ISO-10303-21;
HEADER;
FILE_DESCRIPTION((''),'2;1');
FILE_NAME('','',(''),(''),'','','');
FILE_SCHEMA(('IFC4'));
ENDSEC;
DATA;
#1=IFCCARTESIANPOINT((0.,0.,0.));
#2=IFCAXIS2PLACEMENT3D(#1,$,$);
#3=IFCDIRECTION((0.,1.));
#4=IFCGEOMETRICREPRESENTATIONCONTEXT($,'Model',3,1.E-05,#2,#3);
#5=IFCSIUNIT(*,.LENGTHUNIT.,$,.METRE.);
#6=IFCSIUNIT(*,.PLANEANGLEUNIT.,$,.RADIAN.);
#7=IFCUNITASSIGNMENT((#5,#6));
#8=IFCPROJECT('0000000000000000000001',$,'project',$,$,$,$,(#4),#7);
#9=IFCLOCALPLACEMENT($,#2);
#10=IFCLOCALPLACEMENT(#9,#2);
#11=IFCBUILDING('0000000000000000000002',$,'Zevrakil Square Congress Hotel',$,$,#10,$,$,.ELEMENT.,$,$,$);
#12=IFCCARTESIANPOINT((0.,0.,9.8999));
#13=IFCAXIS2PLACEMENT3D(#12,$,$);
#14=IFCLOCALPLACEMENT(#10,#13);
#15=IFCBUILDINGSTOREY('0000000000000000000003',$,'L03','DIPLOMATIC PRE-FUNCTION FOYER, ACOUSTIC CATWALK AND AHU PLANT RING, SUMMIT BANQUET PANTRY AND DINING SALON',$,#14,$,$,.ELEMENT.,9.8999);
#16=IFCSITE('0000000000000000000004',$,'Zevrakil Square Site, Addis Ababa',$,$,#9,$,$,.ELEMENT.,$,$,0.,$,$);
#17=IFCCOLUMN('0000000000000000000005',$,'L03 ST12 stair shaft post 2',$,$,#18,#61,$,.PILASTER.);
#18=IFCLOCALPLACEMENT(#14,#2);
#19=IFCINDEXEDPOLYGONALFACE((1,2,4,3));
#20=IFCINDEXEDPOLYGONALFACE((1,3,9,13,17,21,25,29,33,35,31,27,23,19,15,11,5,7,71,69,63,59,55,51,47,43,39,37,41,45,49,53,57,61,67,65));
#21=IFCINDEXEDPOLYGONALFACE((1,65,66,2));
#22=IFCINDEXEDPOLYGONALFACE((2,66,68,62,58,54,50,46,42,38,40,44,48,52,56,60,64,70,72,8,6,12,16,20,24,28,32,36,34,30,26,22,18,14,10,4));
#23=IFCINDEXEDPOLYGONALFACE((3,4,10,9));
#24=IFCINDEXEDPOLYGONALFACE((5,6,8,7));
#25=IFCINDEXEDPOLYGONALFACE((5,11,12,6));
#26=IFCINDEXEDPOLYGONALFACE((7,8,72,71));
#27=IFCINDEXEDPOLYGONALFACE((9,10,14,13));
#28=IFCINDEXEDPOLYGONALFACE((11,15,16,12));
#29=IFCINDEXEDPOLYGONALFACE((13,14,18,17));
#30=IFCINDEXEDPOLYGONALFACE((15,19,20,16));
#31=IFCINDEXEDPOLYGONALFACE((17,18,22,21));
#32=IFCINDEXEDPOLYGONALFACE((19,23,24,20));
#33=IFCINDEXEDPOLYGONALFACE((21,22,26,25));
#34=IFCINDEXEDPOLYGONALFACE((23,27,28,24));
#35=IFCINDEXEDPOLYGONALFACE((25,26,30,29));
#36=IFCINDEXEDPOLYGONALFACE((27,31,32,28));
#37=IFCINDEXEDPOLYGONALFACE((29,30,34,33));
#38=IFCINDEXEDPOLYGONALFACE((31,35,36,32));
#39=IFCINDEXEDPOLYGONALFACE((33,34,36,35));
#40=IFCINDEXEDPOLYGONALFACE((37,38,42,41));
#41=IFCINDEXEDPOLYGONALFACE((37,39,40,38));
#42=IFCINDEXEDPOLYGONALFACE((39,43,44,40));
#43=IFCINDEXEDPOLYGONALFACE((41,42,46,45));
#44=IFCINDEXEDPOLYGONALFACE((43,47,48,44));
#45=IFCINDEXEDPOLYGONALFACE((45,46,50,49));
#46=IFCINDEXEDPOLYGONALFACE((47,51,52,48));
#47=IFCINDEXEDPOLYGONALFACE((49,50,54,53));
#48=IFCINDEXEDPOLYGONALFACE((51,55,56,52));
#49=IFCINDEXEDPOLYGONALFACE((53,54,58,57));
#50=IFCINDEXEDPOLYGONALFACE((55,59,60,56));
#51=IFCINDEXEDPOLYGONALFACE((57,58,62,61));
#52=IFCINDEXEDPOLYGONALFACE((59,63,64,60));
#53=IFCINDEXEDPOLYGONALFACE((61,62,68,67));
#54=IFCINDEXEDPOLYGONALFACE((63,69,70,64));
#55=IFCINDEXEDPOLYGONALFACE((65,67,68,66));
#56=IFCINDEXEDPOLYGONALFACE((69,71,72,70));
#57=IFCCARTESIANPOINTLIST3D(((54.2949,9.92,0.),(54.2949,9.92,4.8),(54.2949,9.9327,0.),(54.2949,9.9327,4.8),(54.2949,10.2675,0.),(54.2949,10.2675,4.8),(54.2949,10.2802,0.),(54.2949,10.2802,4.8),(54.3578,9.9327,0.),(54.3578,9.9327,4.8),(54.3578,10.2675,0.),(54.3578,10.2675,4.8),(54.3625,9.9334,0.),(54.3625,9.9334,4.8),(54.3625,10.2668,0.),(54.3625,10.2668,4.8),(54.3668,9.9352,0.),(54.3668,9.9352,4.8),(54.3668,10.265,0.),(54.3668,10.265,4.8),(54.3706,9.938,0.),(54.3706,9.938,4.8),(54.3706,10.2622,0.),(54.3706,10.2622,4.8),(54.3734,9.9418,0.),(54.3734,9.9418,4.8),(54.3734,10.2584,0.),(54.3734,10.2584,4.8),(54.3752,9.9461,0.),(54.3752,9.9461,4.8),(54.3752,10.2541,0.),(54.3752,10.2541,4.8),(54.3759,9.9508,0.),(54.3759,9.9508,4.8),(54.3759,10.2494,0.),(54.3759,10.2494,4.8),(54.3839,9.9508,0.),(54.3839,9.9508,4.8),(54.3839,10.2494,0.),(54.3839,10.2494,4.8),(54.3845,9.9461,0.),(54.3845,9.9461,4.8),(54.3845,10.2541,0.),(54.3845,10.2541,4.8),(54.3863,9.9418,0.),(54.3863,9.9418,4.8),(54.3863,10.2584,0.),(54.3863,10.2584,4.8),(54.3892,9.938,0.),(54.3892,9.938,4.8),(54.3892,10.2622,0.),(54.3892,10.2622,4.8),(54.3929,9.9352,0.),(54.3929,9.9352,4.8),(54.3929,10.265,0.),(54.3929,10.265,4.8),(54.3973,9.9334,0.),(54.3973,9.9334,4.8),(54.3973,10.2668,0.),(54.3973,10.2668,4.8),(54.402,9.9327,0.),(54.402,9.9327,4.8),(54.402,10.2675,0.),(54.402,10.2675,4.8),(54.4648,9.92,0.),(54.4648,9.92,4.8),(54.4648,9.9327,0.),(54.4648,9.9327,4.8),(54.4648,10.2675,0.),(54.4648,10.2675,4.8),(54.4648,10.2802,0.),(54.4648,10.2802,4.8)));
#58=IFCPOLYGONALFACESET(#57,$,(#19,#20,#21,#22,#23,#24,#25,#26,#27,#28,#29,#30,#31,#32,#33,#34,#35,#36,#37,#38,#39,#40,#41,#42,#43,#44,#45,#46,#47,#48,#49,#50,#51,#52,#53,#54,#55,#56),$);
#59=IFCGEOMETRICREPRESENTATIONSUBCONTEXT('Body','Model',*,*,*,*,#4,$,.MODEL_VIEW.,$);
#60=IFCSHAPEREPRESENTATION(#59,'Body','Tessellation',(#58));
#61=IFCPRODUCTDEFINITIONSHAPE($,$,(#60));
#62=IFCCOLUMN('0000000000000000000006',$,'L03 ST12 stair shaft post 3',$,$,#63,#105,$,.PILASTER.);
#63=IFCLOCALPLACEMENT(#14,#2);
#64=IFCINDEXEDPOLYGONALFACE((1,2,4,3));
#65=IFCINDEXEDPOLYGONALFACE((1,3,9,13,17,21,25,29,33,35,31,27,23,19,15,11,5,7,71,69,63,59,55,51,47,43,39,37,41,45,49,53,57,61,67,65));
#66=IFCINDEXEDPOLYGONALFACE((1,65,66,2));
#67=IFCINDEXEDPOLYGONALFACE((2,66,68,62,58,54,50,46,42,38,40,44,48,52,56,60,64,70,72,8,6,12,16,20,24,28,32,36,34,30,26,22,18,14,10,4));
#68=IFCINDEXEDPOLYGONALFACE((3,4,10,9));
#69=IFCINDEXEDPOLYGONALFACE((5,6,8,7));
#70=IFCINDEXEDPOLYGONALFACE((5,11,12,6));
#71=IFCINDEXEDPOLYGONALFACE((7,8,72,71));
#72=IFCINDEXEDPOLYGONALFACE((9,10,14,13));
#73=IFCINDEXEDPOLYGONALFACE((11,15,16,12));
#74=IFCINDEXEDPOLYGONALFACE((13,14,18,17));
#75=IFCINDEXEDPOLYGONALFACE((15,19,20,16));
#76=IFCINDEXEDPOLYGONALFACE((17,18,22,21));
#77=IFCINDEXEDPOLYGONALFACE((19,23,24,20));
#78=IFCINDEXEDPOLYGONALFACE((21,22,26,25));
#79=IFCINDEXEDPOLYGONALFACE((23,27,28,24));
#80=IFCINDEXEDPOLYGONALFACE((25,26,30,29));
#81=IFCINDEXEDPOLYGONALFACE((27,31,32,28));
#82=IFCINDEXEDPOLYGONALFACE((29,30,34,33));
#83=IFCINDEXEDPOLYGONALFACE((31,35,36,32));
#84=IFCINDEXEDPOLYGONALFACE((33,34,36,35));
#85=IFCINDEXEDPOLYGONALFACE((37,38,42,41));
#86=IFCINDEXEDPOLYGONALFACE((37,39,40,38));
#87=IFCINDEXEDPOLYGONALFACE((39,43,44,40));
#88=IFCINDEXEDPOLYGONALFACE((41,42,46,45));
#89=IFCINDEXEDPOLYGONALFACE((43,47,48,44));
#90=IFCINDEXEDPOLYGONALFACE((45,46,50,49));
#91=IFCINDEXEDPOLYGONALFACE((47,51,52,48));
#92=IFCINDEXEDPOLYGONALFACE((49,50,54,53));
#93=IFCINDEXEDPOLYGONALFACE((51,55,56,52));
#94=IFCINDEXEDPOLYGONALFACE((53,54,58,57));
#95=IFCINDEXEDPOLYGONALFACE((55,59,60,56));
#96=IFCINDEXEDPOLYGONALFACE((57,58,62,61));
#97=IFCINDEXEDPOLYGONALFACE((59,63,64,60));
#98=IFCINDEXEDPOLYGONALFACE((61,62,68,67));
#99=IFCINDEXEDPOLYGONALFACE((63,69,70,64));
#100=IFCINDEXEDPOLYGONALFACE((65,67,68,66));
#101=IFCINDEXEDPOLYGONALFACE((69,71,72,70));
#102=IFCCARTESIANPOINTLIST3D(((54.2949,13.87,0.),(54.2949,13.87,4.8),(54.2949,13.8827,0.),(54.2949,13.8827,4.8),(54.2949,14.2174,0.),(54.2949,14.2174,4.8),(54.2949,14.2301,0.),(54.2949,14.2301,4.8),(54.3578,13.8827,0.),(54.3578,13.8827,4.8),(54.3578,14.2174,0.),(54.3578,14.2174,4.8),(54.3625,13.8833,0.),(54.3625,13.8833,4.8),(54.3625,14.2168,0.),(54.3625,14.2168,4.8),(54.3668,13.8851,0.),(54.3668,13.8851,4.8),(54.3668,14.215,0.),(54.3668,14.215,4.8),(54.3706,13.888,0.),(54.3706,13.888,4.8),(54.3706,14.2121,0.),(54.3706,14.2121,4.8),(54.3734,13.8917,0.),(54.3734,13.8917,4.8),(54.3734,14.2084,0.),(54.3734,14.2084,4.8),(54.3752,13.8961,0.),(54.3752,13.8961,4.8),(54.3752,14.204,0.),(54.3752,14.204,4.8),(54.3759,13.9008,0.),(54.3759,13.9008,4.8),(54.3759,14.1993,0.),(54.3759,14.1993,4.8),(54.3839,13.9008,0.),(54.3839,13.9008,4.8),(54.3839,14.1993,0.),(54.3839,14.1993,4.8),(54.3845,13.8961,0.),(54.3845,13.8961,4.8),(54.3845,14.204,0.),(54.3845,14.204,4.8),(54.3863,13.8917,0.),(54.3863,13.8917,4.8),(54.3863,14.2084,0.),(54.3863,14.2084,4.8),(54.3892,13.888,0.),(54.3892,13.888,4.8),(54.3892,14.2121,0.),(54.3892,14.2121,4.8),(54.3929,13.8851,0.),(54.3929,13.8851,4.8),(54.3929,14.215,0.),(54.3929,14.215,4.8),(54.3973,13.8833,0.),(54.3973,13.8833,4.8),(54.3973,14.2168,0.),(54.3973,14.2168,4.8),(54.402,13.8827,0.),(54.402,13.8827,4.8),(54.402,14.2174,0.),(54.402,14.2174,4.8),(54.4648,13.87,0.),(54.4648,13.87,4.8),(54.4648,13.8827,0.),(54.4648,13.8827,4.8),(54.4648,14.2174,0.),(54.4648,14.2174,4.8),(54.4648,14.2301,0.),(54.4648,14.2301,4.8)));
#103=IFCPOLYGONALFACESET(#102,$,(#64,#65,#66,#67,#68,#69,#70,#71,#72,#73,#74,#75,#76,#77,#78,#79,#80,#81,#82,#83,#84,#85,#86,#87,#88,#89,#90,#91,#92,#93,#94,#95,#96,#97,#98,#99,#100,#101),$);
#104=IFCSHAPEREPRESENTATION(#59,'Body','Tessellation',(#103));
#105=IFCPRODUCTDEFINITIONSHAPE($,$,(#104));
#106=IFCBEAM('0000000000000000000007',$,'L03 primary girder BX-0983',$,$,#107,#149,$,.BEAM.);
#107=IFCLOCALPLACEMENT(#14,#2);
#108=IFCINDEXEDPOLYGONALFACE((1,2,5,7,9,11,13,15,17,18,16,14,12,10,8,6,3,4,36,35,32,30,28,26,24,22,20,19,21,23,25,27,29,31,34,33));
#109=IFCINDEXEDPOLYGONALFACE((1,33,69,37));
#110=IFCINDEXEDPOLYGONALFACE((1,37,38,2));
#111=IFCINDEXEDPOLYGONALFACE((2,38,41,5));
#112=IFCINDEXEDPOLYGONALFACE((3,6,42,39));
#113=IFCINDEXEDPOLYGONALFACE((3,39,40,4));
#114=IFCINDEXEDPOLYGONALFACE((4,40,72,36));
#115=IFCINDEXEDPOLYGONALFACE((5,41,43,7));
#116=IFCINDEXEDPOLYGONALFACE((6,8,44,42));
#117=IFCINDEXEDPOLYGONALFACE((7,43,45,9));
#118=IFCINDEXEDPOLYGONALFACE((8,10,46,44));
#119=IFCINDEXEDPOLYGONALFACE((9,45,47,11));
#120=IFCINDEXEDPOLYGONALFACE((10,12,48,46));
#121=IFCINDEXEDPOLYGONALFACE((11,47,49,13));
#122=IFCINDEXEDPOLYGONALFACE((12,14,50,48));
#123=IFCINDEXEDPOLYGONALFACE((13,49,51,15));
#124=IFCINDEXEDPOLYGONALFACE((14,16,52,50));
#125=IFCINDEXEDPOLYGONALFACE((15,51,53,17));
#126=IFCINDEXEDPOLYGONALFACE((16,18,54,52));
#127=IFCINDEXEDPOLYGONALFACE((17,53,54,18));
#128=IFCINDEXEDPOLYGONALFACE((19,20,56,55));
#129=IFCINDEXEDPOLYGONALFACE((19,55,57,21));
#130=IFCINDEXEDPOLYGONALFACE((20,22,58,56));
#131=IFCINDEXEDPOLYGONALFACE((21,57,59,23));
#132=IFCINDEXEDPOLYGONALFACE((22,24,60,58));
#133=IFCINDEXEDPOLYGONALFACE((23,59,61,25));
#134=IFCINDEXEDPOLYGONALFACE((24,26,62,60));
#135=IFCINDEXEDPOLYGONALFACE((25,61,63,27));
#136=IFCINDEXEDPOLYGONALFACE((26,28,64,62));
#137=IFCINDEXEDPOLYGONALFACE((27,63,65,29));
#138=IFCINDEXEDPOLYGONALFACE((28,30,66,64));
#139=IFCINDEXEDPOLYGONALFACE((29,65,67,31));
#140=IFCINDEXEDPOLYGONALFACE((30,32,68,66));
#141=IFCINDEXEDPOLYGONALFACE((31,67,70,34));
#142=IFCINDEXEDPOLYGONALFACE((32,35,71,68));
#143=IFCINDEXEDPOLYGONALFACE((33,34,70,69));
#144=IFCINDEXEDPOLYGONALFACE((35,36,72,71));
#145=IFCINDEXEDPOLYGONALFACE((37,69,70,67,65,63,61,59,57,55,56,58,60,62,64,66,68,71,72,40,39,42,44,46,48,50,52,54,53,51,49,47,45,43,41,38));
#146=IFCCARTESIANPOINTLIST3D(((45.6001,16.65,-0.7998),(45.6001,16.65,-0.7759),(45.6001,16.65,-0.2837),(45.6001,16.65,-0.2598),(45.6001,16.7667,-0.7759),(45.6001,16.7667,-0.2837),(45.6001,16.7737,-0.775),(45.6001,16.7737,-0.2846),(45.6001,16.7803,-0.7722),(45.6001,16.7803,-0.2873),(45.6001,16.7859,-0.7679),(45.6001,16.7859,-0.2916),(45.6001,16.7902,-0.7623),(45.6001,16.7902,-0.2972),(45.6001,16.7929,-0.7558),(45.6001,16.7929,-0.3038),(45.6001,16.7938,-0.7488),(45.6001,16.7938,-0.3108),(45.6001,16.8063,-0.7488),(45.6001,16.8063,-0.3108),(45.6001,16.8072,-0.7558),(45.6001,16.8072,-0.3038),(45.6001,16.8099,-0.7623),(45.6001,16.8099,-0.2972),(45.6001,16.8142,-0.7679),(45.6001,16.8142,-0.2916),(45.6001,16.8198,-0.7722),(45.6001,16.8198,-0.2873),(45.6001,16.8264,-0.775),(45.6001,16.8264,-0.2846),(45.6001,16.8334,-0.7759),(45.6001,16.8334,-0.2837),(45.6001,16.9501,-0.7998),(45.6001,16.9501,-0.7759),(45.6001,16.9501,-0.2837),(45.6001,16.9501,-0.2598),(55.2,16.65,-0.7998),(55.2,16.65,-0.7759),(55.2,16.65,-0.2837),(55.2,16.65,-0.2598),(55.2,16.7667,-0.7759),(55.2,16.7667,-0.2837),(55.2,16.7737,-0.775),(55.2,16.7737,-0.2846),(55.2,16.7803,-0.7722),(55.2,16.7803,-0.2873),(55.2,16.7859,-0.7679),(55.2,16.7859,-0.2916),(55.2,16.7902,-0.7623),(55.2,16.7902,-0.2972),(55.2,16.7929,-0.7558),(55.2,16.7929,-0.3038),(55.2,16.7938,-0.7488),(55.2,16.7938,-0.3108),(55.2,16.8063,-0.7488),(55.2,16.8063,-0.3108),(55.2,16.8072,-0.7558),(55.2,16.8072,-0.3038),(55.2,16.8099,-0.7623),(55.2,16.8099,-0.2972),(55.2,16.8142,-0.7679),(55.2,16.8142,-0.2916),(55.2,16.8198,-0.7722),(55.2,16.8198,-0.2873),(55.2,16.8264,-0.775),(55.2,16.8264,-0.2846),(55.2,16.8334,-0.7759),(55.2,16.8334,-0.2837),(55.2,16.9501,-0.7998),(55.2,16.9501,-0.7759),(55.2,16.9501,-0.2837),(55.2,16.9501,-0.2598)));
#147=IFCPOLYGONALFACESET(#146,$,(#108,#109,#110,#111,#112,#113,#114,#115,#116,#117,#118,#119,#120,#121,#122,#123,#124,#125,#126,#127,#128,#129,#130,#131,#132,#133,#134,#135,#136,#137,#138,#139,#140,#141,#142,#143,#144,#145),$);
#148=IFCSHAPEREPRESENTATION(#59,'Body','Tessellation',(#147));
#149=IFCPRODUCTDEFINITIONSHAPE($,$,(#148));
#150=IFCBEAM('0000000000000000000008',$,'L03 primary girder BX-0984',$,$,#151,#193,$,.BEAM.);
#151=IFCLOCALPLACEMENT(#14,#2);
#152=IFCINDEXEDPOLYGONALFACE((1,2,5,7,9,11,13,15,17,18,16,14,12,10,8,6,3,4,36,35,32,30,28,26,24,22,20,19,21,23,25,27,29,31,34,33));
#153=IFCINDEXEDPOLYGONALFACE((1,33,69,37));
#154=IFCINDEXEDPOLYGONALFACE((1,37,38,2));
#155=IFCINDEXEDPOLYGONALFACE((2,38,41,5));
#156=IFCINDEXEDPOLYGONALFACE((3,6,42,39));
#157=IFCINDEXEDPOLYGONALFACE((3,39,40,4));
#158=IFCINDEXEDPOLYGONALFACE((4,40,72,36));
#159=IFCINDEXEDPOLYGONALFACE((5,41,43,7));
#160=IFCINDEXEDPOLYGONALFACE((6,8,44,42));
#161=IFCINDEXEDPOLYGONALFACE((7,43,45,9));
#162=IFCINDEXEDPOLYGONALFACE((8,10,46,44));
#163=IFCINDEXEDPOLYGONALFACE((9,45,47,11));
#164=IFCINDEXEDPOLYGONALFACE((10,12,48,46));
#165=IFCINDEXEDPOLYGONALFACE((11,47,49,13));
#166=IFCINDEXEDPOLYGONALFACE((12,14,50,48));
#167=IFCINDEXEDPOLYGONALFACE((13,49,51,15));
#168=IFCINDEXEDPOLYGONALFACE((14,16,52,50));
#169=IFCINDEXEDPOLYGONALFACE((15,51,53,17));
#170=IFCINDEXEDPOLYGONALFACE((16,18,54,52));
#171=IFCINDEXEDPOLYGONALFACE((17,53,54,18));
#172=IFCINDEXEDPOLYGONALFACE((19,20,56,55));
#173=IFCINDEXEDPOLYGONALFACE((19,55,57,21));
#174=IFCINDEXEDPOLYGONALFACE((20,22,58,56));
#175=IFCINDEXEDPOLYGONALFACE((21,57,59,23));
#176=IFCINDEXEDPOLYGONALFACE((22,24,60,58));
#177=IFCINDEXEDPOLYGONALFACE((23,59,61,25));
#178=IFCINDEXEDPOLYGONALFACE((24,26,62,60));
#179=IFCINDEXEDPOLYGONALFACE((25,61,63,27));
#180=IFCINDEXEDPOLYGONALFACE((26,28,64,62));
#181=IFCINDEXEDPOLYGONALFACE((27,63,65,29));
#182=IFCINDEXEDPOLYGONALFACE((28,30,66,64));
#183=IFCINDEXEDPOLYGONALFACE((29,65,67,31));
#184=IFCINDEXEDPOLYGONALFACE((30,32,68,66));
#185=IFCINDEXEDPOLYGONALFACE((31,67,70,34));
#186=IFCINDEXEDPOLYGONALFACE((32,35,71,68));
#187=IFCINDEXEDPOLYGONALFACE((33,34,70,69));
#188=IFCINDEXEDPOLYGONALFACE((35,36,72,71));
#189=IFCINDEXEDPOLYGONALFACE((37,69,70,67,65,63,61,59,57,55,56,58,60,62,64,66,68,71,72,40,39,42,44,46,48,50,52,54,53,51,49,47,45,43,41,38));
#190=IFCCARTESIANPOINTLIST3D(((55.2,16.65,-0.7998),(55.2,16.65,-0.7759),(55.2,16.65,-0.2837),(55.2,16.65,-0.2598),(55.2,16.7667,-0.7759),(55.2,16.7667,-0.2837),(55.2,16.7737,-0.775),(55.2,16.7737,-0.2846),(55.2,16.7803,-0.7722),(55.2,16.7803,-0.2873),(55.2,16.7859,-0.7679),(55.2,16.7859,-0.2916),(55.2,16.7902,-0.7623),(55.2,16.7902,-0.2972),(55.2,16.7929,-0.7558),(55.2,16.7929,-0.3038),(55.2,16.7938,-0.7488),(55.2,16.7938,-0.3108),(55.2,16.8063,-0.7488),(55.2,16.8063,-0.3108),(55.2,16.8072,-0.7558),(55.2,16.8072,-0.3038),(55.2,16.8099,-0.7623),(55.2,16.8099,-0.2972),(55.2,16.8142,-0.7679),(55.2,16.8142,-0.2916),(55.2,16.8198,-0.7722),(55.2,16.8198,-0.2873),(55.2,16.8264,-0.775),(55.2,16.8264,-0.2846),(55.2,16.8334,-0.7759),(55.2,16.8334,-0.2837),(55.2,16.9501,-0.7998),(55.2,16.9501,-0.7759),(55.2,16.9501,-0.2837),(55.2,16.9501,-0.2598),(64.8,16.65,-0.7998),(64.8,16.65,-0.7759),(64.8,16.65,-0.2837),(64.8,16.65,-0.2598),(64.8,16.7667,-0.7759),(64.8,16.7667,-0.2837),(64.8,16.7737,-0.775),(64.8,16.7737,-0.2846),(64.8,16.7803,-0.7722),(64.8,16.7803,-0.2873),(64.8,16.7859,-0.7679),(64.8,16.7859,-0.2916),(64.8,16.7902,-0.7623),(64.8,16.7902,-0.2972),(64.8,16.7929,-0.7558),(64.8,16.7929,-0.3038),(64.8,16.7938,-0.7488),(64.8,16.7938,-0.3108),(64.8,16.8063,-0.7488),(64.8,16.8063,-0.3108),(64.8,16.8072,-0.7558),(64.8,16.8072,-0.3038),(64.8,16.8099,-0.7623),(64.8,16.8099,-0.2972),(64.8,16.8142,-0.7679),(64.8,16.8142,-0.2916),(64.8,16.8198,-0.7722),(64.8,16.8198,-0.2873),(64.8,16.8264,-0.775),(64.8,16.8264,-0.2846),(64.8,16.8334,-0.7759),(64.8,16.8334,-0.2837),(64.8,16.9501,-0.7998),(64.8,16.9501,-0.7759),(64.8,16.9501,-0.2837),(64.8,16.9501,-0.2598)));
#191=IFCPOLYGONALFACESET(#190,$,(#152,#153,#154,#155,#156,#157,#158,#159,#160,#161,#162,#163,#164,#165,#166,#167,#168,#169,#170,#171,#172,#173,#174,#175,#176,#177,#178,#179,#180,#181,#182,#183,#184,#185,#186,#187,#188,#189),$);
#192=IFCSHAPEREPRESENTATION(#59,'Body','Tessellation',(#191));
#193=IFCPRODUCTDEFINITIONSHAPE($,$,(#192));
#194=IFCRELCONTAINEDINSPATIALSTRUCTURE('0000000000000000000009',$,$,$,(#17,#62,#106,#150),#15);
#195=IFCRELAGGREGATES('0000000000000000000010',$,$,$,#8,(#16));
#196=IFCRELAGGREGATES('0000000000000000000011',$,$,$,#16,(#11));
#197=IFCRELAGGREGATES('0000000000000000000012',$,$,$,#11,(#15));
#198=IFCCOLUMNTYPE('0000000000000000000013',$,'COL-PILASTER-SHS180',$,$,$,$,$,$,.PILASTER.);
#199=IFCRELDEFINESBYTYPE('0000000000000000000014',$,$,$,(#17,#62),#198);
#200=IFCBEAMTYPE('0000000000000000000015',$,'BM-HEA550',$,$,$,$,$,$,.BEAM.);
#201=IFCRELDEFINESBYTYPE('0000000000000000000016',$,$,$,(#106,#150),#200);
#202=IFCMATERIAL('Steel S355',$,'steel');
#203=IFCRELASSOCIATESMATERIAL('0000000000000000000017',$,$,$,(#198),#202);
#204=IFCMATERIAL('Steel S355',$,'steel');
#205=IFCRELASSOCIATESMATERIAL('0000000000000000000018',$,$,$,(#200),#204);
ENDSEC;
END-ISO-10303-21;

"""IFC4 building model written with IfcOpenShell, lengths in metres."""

from ifc_helpers import new_model, si_unit, direction, frame, origin, origin_2d, place, context, subcontext, project, spatial, i_section, extrude, material, material_profile, profile_set, type_object, element, save


model = new_model("IFC4")

# Units and contexts
model_context = context("Model", 3, precision=1e-05, world=origin(), true_north=direction((0.0, 1.0)))
body_context = subcontext(model_context, "Body", "Model", "MODEL_VIEW")
ifc_project = project(units=[si_unit("LENGTHUNIT", "METRE"), si_unit("PLANEANGLEUNIT", "RADIAN")], contexts=[model_context])

# Site, building, storey
site_placement = place(None, origin())
site = spatial("IfcSite", under=ifc_project, at=site_placement, Name="Zevrakil Square Site, Addis Ababa", CompositionType="ELEMENT", RefElevation=0.0)
building_placement = place(site_placement, origin())
building = spatial("IfcBuilding", under=site, at=building_placement, Name="Zevrakil Square Congress Hotel", CompositionType="ELEMENT")
storey_placement = place(building_placement, frame((0.0, 0.0, 9.8999)))
storey = spatial("IfcBuildingStorey", under=building, at=storey_placement, Name="L03", Description="DIPLOMATIC PRE-FUNCTION FOYER, ACOUSTIC CATWALK AND AHU PLANT RING, SUMMIT BANQUET PANTRY AND DINING SALON", CompositionType="ELEMENT", Elevation=9.8999)

# Columns
ifc_material_1 = material(Name="Steel S355", Category="steel")
ifc_material_profile_1 = material_profile(ifc_material_1, i_section(OverallWidth=0.1699, OverallDepth=0.3601, WebThickness=0.0081, FlangeThickness=0.0127, FilletRadius=0.0181, at=origin_2d()), Name="IPE 360")
ifc_profile_set_1 = profile_set([ifc_material_profile_1], Name="Steel S355")
column_type_1 = type_object("IfcColumnType", Name="COL-PILASTER-SHS180", PredefinedType="PILASTER", material=ifc_profile_set_1)
for number, where, z_axis, x_axis, name in (
    (1, (54.3799, 10.1001, 0.0), (0.0, 0.0, 1.0), (1.0, 0.0, 0.0), "L03 ST12 stair shaft post 2"),
    (2, (54.3799, 14.05, 0.0), (0.0, 0.0, 1.0), (1.0, 0.0, 0.0), "L03 ST12 stair shaft post 3"),
):
    element("IfcColumn", number, at=place(storey_placement, frame(where, z_axis=z_axis, x_axis=x_axis)), inside=storey, type_object=column_type_1, Name=name, PredefinedType="PILASTER", context=body_context, shape_type="SweptSolid", body=[
        extrude(i_section(OverallWidth=0.1699, OverallDepth=0.3601, WebThickness=0.0081, FlangeThickness=0.0127, FilletRadius=0.0181, at=origin_2d()), origin(), (0.0, 0.0, 1.0), 4.8),
    ])

# Beams
ifc_material_2 = material(Name="Steel S355", Category="steel")
ifc_material_profile_2 = material_profile(ifc_material_2, i_section(OverallWidth=0.3, OverallDepth=0.54, WebThickness=0.0125, FlangeThickness=0.0239, FilletRadius=0.0271, at=origin_2d()), Name="HEA 550")
ifc_profile_set_2 = profile_set([ifc_material_profile_2], Name="Steel S355")
beam_type_1 = type_object("IfcBeamType", Name="BM-HEA550", PredefinedType="BEAM", material=ifc_profile_set_2)
beam_1_placement = place(storey_placement, frame((45.6001, 16.8, -0.5298), z_axis=(1.0, 0.0, 0.0), x_axis=(0.0, 1.0, 0.0)))
element("IfcBeam", 3, at=beam_1_placement, inside=storey, type_object=beam_type_1, Name="L03 primary girder BX-0983", PredefinedType="BEAM", context=body_context, shape_type="SweptSolid", body=[
    extrude(i_section(OverallWidth=0.3, OverallDepth=0.54, WebThickness=0.0125, FlangeThickness=0.0239, FilletRadius=0.0271, at=origin_2d()), origin(), (0.0, 0.0, 1.0), 9.5999),
])
beam_2_placement = place(storey_placement, frame((55.2, 16.8, -0.5298), z_axis=(1.0, 0.0, 0.0), x_axis=(0.0, 1.0, 0.0)))
element("IfcBeam", 4, at=beam_2_placement, inside=storey, type_object=beam_type_1, Name="L03 primary girder BX-0984", PredefinedType="BEAM", context=body_context, shape_type="SweptSolid", body=[
    extrude(i_section(OverallWidth=0.3, OverallDepth=0.54, WebThickness=0.0125, FlangeThickness=0.0239, FilletRadius=0.0271, at=origin_2d()), origin(), (0.0, 0.0, 1.0), 9.6001),
])

save(model, "model.ifc")
